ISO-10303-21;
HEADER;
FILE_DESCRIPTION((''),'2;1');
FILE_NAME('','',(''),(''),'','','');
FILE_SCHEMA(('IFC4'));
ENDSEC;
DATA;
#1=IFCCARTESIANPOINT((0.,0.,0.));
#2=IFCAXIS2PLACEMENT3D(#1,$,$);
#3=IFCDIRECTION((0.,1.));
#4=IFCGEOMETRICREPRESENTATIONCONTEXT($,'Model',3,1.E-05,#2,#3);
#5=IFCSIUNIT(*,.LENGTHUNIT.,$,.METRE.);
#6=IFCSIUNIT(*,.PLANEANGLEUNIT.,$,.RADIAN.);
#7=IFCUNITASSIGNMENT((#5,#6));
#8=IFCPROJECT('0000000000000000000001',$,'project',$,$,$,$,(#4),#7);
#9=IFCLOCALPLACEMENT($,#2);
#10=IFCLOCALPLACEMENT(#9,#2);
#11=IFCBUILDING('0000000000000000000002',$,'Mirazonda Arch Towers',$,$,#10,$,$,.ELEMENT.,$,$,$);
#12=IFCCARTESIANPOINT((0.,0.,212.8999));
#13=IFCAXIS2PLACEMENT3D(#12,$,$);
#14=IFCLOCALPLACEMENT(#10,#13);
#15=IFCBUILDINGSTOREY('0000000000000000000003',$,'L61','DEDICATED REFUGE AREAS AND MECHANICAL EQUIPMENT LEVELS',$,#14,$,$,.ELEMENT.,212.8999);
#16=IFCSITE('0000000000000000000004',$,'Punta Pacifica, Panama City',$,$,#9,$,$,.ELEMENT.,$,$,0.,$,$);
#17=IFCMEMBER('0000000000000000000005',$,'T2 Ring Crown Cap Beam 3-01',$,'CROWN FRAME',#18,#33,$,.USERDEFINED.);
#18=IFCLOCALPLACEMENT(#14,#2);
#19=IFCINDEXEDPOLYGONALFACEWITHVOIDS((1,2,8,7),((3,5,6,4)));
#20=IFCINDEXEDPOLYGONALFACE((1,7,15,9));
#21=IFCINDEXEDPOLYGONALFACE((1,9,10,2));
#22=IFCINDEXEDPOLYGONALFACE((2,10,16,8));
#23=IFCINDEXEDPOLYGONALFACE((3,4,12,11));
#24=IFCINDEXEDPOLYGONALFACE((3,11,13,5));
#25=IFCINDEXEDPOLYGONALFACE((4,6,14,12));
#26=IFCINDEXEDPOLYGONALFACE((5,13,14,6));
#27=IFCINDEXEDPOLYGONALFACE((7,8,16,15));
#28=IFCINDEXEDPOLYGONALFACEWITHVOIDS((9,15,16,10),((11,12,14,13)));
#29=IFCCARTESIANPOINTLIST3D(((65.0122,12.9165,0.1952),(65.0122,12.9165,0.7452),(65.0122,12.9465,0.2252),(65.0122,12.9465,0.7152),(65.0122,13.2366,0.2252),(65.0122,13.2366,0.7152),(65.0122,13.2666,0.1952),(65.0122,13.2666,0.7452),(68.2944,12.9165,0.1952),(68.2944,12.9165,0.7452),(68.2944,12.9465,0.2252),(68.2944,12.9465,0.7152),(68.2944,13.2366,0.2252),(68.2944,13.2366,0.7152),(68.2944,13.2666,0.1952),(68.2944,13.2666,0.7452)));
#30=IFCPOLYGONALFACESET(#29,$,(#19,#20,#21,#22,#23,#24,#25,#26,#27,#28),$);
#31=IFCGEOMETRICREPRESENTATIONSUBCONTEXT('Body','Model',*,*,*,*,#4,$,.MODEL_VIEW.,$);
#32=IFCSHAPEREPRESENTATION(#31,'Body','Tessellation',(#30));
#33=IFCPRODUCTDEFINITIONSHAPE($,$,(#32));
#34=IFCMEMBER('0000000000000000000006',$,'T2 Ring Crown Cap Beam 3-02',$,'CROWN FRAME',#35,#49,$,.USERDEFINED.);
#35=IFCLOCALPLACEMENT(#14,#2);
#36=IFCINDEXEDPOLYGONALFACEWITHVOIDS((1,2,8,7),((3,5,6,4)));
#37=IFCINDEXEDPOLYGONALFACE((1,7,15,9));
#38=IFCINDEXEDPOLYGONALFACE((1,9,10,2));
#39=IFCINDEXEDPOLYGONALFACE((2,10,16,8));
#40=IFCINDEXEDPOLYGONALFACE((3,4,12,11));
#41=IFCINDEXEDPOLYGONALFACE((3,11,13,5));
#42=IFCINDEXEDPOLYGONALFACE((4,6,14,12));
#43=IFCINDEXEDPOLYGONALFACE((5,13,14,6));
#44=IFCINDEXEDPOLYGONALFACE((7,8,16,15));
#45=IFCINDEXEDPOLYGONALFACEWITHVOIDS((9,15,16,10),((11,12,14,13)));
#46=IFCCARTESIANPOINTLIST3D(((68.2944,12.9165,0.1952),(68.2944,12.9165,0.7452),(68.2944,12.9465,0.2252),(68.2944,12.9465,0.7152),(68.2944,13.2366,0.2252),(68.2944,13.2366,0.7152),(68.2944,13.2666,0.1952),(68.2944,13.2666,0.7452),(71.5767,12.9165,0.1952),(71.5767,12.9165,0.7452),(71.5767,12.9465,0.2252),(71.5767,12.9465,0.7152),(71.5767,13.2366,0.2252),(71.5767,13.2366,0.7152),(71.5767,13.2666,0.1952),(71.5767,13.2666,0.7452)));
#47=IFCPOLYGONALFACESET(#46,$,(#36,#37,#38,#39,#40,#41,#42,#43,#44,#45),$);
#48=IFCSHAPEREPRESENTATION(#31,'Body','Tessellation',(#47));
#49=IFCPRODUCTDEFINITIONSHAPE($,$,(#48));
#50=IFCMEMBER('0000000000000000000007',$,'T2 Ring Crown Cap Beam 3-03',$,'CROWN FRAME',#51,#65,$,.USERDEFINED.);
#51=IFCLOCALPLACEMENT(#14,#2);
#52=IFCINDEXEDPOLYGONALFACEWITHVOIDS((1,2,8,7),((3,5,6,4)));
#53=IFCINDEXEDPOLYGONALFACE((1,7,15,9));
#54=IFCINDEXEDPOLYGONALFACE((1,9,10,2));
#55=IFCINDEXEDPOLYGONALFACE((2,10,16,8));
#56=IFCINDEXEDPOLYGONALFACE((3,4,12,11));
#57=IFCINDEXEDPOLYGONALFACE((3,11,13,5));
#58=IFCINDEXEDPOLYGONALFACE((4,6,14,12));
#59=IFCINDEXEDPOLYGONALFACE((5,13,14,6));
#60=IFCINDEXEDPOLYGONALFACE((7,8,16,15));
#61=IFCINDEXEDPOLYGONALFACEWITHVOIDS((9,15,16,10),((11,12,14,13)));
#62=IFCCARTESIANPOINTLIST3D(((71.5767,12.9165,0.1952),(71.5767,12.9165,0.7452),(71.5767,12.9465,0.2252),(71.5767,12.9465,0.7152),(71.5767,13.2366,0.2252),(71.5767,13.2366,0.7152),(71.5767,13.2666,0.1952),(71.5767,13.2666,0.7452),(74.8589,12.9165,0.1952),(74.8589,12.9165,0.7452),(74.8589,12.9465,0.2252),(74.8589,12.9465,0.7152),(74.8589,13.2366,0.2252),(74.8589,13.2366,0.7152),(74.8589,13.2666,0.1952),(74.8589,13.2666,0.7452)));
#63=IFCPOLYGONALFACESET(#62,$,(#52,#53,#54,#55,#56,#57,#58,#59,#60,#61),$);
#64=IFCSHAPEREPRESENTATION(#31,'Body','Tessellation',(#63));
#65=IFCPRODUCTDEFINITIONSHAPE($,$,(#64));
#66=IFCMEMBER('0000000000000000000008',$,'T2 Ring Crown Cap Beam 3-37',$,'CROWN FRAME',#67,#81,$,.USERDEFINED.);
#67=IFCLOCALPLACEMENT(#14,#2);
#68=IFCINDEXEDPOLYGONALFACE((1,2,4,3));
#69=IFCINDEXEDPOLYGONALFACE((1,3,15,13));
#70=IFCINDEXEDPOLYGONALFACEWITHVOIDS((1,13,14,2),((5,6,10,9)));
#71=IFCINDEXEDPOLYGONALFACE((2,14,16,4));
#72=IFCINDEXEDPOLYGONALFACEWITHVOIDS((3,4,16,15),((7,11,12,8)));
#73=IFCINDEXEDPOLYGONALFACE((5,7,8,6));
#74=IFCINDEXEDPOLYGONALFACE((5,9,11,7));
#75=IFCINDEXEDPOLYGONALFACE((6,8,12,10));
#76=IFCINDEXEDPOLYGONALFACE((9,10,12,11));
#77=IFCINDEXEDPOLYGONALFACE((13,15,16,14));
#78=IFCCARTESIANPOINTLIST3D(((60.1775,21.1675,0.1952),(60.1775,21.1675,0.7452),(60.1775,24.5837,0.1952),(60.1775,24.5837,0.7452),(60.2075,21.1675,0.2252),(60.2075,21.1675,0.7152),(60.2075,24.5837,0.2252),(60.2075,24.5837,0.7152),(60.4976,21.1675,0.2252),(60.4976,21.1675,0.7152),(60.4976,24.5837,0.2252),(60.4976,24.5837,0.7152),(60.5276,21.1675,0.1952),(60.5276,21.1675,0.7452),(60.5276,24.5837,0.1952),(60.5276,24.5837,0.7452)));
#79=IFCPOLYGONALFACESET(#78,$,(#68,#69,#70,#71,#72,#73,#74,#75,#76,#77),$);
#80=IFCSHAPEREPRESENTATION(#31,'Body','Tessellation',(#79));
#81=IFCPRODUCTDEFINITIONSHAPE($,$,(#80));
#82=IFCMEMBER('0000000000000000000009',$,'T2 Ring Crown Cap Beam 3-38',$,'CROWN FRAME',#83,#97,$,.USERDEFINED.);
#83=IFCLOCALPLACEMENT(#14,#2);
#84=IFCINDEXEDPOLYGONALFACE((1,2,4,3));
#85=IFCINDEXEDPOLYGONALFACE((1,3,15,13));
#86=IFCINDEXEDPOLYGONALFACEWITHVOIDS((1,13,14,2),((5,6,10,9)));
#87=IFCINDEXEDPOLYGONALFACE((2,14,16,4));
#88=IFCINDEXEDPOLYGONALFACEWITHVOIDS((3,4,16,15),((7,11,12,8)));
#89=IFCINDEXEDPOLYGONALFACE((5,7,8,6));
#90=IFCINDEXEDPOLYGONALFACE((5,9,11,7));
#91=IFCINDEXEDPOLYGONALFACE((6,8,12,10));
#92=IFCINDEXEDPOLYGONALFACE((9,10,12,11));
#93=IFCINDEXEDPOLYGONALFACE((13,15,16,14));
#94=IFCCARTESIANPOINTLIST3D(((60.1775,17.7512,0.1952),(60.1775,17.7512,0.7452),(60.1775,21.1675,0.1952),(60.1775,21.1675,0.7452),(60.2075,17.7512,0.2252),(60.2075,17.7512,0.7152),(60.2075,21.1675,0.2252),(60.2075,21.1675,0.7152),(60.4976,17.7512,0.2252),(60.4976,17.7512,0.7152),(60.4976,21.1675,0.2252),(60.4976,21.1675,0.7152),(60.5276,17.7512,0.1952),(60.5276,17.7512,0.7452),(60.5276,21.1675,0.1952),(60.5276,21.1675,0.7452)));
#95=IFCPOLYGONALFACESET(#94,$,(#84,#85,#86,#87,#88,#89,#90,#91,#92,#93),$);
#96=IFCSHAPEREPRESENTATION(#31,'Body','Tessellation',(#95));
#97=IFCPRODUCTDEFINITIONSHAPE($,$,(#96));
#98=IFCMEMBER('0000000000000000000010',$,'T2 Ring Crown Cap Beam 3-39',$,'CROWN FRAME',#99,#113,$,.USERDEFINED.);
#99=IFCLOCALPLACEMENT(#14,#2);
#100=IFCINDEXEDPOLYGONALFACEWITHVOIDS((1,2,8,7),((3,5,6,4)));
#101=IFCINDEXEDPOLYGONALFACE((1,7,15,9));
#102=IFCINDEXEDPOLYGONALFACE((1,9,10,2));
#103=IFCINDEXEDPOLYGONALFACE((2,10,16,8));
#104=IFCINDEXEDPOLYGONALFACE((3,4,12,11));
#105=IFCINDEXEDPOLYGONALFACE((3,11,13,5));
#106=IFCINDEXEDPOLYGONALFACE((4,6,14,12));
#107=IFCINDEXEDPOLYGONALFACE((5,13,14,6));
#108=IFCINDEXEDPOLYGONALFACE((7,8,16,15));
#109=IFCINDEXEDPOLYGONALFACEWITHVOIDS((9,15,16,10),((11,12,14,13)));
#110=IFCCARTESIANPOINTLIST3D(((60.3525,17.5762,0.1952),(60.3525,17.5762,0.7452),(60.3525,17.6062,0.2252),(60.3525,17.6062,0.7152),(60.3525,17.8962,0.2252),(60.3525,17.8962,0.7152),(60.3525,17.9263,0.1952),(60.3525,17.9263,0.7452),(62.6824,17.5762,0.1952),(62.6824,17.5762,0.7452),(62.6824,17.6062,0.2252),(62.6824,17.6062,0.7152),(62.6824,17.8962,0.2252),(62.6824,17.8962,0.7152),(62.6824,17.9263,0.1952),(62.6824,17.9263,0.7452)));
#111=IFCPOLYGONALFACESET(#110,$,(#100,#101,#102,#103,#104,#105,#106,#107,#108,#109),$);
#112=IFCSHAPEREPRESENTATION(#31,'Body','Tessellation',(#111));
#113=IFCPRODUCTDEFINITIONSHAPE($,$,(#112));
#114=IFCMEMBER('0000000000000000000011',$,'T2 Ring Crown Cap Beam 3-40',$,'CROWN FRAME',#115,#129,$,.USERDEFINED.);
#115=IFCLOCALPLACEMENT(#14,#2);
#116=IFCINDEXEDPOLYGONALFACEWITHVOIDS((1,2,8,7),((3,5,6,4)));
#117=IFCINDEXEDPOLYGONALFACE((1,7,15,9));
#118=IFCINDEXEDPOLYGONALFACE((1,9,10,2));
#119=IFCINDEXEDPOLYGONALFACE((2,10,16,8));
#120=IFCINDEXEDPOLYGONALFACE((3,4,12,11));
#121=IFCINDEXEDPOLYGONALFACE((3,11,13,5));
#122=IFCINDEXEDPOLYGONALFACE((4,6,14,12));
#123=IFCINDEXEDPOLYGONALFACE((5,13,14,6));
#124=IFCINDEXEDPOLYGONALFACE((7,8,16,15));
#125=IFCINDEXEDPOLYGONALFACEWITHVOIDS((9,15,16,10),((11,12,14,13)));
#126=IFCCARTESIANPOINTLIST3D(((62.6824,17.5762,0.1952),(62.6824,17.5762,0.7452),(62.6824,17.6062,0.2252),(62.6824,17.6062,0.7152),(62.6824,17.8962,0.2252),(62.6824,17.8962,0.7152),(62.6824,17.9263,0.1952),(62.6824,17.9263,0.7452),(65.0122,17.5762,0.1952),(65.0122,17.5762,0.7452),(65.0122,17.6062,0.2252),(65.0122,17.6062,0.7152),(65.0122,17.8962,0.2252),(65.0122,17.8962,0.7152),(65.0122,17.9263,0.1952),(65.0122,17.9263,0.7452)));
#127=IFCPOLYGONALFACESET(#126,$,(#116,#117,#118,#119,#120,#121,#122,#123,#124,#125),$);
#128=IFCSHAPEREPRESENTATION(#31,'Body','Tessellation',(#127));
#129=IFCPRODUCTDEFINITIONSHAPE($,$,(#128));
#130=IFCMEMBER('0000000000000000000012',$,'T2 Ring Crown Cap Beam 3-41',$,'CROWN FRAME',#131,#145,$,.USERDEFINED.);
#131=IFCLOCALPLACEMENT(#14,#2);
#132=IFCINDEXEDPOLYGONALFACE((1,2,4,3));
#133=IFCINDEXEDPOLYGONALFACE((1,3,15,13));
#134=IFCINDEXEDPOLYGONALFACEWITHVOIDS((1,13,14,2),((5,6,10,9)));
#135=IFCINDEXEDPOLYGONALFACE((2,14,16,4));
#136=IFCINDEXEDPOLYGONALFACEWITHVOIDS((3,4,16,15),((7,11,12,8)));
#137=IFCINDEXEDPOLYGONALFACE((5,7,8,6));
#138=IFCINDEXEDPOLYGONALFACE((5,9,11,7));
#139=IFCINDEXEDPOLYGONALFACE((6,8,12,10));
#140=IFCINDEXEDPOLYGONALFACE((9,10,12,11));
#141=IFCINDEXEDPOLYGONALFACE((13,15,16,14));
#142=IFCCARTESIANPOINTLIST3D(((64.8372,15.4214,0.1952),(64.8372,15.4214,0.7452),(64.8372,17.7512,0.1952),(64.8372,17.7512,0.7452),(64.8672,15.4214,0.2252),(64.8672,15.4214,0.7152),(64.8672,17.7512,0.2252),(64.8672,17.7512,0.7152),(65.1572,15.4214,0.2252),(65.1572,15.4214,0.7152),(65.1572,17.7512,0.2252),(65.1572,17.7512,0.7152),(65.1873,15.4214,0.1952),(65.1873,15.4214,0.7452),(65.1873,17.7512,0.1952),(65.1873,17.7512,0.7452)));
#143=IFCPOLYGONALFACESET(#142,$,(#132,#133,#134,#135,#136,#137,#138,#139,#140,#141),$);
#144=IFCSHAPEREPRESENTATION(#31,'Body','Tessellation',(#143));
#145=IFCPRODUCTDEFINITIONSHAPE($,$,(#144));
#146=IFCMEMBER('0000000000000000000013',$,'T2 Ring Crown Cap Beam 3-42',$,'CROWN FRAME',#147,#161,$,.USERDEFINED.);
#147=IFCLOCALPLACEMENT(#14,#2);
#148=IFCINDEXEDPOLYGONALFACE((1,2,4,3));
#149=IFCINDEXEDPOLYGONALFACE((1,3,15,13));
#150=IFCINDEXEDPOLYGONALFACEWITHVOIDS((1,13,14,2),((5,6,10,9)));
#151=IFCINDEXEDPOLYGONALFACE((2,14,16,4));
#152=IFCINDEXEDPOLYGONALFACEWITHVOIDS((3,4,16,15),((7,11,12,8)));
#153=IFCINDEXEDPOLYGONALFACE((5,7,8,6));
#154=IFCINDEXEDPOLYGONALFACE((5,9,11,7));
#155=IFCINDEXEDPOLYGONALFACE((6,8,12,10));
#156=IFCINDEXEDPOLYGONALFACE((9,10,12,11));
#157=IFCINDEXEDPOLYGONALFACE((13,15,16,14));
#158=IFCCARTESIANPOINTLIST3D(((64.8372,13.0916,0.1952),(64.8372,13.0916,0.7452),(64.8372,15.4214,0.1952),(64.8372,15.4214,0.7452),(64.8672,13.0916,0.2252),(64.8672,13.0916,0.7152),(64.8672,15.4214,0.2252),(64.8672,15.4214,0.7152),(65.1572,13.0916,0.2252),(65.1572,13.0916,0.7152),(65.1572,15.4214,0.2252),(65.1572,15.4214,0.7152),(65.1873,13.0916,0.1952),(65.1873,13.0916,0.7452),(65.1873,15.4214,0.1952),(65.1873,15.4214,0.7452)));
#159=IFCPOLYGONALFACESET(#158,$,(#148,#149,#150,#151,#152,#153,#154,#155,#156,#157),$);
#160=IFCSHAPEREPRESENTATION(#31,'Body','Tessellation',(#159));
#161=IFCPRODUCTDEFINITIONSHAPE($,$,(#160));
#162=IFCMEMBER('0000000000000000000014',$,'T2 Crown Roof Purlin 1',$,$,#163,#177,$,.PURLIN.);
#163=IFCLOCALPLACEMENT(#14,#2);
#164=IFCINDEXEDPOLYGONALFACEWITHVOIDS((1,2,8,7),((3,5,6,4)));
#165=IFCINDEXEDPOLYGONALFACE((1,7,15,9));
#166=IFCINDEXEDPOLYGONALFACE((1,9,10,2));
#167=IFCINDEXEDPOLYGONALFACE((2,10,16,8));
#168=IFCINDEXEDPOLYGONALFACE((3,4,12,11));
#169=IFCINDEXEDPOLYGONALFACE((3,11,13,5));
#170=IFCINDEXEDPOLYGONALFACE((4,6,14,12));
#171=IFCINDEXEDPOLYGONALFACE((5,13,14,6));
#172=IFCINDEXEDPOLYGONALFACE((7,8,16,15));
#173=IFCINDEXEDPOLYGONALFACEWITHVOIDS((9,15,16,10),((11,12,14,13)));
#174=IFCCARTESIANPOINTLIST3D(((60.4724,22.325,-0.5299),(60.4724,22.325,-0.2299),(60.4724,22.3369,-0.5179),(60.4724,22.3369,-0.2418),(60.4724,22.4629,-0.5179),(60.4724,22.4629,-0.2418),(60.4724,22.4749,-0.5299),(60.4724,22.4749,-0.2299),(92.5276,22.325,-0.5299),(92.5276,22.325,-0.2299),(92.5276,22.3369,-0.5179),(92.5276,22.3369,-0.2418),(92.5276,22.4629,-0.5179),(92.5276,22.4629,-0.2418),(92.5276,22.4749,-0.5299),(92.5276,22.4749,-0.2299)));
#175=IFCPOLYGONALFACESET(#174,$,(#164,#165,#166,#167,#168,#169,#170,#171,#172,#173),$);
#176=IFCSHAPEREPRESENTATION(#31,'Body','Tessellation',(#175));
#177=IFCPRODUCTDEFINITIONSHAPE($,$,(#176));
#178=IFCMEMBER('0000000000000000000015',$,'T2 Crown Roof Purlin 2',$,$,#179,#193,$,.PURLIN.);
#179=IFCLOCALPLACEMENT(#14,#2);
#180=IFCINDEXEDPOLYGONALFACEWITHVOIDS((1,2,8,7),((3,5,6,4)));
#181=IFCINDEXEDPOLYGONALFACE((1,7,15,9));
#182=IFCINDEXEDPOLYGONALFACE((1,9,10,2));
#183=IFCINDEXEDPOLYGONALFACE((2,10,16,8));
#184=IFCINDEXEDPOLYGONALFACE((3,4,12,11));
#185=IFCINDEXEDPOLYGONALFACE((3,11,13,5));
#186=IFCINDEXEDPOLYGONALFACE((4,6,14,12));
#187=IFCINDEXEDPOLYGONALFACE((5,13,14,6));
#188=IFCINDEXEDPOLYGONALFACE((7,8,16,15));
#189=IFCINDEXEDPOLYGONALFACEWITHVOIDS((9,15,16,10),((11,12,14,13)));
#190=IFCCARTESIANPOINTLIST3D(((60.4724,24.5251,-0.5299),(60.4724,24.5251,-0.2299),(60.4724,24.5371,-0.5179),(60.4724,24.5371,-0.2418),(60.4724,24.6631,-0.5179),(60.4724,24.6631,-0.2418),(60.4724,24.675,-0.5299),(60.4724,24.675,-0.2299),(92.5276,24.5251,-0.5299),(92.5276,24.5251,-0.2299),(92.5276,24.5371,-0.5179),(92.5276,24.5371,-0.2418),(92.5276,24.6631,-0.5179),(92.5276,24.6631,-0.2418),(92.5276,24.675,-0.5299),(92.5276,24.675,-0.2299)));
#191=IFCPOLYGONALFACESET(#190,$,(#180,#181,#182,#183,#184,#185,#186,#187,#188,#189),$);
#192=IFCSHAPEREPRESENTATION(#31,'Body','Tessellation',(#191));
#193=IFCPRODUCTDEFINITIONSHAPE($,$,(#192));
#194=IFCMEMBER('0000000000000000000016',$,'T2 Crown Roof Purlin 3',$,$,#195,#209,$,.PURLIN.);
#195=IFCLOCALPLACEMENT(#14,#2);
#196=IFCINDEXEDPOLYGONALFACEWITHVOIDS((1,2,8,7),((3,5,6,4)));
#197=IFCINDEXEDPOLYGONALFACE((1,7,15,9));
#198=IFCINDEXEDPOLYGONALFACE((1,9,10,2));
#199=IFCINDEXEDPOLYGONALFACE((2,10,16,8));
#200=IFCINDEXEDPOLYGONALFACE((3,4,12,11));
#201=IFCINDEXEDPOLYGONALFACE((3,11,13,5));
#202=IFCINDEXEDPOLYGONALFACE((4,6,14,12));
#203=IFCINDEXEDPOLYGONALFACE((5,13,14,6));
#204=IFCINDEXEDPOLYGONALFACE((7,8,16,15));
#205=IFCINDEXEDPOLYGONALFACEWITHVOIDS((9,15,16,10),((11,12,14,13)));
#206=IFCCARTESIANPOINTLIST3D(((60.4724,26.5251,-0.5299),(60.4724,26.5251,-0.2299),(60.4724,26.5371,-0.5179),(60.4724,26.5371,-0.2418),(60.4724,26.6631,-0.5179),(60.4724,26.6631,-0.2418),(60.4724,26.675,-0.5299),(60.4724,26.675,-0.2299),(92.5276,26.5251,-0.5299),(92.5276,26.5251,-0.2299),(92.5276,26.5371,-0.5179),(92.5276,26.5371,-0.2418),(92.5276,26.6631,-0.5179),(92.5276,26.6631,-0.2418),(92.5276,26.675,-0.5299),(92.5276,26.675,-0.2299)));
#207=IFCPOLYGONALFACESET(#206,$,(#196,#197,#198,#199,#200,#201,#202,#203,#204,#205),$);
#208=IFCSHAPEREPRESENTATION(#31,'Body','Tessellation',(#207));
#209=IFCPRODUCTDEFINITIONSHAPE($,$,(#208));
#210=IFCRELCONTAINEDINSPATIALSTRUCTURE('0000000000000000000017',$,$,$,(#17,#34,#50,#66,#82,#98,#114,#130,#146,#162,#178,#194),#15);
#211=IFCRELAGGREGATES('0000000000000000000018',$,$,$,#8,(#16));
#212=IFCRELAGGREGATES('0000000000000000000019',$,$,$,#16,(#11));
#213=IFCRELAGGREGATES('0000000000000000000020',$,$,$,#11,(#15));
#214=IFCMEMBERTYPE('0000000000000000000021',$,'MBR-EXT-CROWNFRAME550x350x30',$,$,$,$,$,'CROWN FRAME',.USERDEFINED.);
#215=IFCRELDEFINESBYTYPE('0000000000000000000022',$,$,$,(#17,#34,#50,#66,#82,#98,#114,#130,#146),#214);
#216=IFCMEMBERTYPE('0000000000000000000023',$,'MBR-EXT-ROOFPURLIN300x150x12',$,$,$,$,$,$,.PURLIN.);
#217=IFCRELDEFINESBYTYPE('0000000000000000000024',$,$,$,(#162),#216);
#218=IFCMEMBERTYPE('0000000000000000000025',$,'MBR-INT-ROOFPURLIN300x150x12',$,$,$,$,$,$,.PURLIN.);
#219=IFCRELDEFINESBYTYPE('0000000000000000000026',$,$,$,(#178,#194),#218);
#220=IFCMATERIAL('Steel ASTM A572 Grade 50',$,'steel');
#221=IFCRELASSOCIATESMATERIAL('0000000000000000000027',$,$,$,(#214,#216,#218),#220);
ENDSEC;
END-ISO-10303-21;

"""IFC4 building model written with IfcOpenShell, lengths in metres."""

from ifc_helpers import new_model, si_unit, direction, frame, origin, origin_2d, place, context, subcontext, project, spatial, hollow_rectangle, extrude, material, material_profile, profile_set, type_object, element, save


model = new_model("IFC4")

# Units and contexts
model_context = context("Model", 3, precision=1e-05, world=origin(), true_north=direction((0.0, 1.0)))
body_context = subcontext(model_context, "Body", "Model", "MODEL_VIEW")
ifc_project = project(units=[si_unit("LENGTHUNIT", "METRE"), si_unit("PLANEANGLEUNIT", "RADIAN")], contexts=[model_context])

# Site, building, storey
site_placement = place(None, origin())
site = spatial("IfcSite", under=ifc_project, at=site_placement, Name="Punta Pacifica, Panama City", CompositionType="ELEMENT", RefElevation=0.0)
building_placement = place(site_placement, origin())
building = spatial("IfcBuilding", under=site, at=building_placement, Name="Mirazonda Arch Towers", CompositionType="ELEMENT")
storey_placement = place(building_placement, frame((0.0, 0.0, 212.8999)))
storey = spatial("IfcBuildingStorey", under=building, at=storey_placement, Name="L61", Description="DEDICATED REFUGE AREAS AND MECHANICAL EQUIPMENT LEVELS", CompositionType="ELEMENT", Elevation=212.8999)

# Members
ifc_material_1 = material(Name="Steel ASTM A572 Grade 50", Category="steel")
ifc_material_profile_1 = material_profile(ifc_material_1, hollow_rectangle(XDim=0.3501, YDim=0.55, WallThickness=0.03, at=origin_2d()), Name="CROWNFRAME550x350x30")
ifc_profile_set_1 = profile_set([ifc_material_profile_1], Name="Steel ASTM A572 Grade 50")
member_type_1 = type_object("IfcMemberType", Name="MBR-EXT-CROWNFRAME550x350x30", ElementType="CROWN FRAME", PredefinedType="USERDEFINED", material=ifc_profile_set_1)
for number, where, z_axis, x_axis, name in (
    (1, (65.0122, 13.0916, 0.4702), (1.0, 0.0, 0.0), (0.0, 1.0, 0.0), "T2 Ring Crown Cap Beam 3-01"),
    (2, (68.2944, 13.0916, 0.4702), (1.0, 0.0, 0.0), (0.0, 1.0, 0.0), "T2 Ring Crown Cap Beam 3-02"),
    (3, (71.5767, 13.0916, 0.4702), (1.0, 0.0, 0.0), (0.0, 1.0, 0.0), "T2 Ring Crown Cap Beam 3-03"),
):
    element("IfcMember", number, at=place(storey_placement, frame(where, z_axis=z_axis, x_axis=x_axis)), inside=storey, type_object=member_type_1, Name=name, ObjectType="CROWN FRAME", PredefinedType="USERDEFINED", context=body_context, shape_type="SweptSolid", body=[
        extrude(hollow_rectangle(XDim=0.3501, YDim=0.55, WallThickness=0.03, at=origin_2d()), origin(), (0.0, 0.0, 1.0), 3.2822),
    ])
for number, where, z_axis, x_axis, name in (
    (4, (60.3525, 24.5837, 0.4702), (0.0, -1.0, 0.0), (1.0, 0.0, 0.0), "T2 Ring Crown Cap Beam 3-37"),
    (5, (60.3525, 21.1675, 0.4702), (0.0, -1.0, 0.0), (1.0, 0.0, 0.0), "T2 Ring Crown Cap Beam 3-38"),
):
    element("IfcMember", number, at=place(storey_placement, frame(where, z_axis=z_axis, x_axis=x_axis)), inside=storey, type_object=member_type_1, Name=name, ObjectType="CROWN FRAME", PredefinedType="USERDEFINED", context=body_context, shape_type="SweptSolid", body=[
        extrude(hollow_rectangle(XDim=0.3501, YDim=0.55, WallThickness=0.03, at=origin_2d()), origin(), (0.0, 0.0, 1.0), 3.4163),
    ])
for number, where, z_axis, x_axis, name in (
    (6, (60.3525, 17.7512, 0.4702), (1.0, 0.0, 0.0), (0.0, 1.0, 0.0), "T2 Ring Crown Cap Beam 3-39"),
    (7, (62.6824, 17.7512, 0.4702), (1.0, 0.0, 0.0), (0.0, 1.0, 0.0), "T2 Ring Crown Cap Beam 3-40"),
    (8, (65.0122, 17.7512, 0.4702), (0.0, -1.0, 0.0), (1.0, 0.0, 0.0), "T2 Ring Crown Cap Beam 3-41"),
    (9, (65.0122, 15.4214, 0.4702), (0.0, -1.0, 0.0), (1.0, 0.0, 0.0), "T2 Ring Crown Cap Beam 3-42"),
):
    element("IfcMember", number, at=place(storey_placement, frame(where, z_axis=z_axis, x_axis=x_axis)), inside=storey, type_object=member_type_1, Name=name, ObjectType="CROWN FRAME", PredefinedType="USERDEFINED", context=body_context, shape_type="SweptSolid", body=[
        extrude(hollow_rectangle(XDim=0.3501, YDim=0.55, WallThickness=0.03, at=origin_2d()), origin(), (0.0, 0.0, 1.0), 2.3298),
    ])
ifc_material_profile_2 = material_profile(ifc_material_1, hollow_rectangle(XDim=0.1499, YDim=0.3, WallThickness=0.012, at=origin_2d()), Name="ROOFPURLIN300x150x12")
ifc_profile_set_2 = profile_set([ifc_material_profile_2], Name="Steel ASTM A572 Grade 50")
member_type_2 = type_object("IfcMemberType", Name="MBR-EXT-ROOFPURLIN300x150x12", PredefinedType="PURLIN", material=ifc_profile_set_2)
member_placement = place(storey_placement, frame((60.4724, 22.3999, -0.3799), z_axis=(1.0, 0.0, 0.0), x_axis=(0.0, 1.0, 0.0)))
element("IfcMember", 10, at=member_placement, inside=storey, type_object=member_type_2, Name="T2 Crown Roof Purlin 1", PredefinedType="PURLIN", context=body_context, shape_type="SweptSolid", body=[
    extrude(hollow_rectangle(XDim=0.1499, YDim=0.3, WallThickness=0.012, at=origin_2d()), origin(), (0.0, 0.0, 1.0), 32.0552),
])
ifc_material_profile_3 = material_profile(ifc_material_1, hollow_rectangle(XDim=0.1499, YDim=0.3, WallThickness=0.012, at=origin_2d()), Name="ROOFPURLIN300x150x12")
ifc_profile_set_3 = profile_set([ifc_material_profile_3], Name="Steel ASTM A572 Grade 50")
member_type_3 = type_object("IfcMemberType", Name="MBR-INT-ROOFPURLIN300x150x12", PredefinedType="PURLIN", material=ifc_profile_set_3)
for number, where, z_axis, x_axis, name in (
    (11, (60.4724, 24.6001, -0.3799), (1.0, 0.0, 0.0), (0.0, 1.0, 0.0), "T2 Crown Roof Purlin 2"),
    (12, (60.4724, 26.6001, -0.3799), (1.0, 0.0, 0.0), (0.0, 1.0, 0.0), "T2 Crown Roof Purlin 3"),
):
    element("IfcMember", number, at=place(storey_placement, frame(where, z_axis=z_axis, x_axis=x_axis)), inside=storey, type_object=member_type_3, Name=name, PredefinedType="PURLIN", context=body_context, shape_type="SweptSolid", body=[
        extrude(hollow_rectangle(XDim=0.1499, YDim=0.3, WallThickness=0.012, at=origin_2d()), origin(), (0.0, 0.0, 1.0), 32.0552),
    ])

save(model, "model.ifc")
